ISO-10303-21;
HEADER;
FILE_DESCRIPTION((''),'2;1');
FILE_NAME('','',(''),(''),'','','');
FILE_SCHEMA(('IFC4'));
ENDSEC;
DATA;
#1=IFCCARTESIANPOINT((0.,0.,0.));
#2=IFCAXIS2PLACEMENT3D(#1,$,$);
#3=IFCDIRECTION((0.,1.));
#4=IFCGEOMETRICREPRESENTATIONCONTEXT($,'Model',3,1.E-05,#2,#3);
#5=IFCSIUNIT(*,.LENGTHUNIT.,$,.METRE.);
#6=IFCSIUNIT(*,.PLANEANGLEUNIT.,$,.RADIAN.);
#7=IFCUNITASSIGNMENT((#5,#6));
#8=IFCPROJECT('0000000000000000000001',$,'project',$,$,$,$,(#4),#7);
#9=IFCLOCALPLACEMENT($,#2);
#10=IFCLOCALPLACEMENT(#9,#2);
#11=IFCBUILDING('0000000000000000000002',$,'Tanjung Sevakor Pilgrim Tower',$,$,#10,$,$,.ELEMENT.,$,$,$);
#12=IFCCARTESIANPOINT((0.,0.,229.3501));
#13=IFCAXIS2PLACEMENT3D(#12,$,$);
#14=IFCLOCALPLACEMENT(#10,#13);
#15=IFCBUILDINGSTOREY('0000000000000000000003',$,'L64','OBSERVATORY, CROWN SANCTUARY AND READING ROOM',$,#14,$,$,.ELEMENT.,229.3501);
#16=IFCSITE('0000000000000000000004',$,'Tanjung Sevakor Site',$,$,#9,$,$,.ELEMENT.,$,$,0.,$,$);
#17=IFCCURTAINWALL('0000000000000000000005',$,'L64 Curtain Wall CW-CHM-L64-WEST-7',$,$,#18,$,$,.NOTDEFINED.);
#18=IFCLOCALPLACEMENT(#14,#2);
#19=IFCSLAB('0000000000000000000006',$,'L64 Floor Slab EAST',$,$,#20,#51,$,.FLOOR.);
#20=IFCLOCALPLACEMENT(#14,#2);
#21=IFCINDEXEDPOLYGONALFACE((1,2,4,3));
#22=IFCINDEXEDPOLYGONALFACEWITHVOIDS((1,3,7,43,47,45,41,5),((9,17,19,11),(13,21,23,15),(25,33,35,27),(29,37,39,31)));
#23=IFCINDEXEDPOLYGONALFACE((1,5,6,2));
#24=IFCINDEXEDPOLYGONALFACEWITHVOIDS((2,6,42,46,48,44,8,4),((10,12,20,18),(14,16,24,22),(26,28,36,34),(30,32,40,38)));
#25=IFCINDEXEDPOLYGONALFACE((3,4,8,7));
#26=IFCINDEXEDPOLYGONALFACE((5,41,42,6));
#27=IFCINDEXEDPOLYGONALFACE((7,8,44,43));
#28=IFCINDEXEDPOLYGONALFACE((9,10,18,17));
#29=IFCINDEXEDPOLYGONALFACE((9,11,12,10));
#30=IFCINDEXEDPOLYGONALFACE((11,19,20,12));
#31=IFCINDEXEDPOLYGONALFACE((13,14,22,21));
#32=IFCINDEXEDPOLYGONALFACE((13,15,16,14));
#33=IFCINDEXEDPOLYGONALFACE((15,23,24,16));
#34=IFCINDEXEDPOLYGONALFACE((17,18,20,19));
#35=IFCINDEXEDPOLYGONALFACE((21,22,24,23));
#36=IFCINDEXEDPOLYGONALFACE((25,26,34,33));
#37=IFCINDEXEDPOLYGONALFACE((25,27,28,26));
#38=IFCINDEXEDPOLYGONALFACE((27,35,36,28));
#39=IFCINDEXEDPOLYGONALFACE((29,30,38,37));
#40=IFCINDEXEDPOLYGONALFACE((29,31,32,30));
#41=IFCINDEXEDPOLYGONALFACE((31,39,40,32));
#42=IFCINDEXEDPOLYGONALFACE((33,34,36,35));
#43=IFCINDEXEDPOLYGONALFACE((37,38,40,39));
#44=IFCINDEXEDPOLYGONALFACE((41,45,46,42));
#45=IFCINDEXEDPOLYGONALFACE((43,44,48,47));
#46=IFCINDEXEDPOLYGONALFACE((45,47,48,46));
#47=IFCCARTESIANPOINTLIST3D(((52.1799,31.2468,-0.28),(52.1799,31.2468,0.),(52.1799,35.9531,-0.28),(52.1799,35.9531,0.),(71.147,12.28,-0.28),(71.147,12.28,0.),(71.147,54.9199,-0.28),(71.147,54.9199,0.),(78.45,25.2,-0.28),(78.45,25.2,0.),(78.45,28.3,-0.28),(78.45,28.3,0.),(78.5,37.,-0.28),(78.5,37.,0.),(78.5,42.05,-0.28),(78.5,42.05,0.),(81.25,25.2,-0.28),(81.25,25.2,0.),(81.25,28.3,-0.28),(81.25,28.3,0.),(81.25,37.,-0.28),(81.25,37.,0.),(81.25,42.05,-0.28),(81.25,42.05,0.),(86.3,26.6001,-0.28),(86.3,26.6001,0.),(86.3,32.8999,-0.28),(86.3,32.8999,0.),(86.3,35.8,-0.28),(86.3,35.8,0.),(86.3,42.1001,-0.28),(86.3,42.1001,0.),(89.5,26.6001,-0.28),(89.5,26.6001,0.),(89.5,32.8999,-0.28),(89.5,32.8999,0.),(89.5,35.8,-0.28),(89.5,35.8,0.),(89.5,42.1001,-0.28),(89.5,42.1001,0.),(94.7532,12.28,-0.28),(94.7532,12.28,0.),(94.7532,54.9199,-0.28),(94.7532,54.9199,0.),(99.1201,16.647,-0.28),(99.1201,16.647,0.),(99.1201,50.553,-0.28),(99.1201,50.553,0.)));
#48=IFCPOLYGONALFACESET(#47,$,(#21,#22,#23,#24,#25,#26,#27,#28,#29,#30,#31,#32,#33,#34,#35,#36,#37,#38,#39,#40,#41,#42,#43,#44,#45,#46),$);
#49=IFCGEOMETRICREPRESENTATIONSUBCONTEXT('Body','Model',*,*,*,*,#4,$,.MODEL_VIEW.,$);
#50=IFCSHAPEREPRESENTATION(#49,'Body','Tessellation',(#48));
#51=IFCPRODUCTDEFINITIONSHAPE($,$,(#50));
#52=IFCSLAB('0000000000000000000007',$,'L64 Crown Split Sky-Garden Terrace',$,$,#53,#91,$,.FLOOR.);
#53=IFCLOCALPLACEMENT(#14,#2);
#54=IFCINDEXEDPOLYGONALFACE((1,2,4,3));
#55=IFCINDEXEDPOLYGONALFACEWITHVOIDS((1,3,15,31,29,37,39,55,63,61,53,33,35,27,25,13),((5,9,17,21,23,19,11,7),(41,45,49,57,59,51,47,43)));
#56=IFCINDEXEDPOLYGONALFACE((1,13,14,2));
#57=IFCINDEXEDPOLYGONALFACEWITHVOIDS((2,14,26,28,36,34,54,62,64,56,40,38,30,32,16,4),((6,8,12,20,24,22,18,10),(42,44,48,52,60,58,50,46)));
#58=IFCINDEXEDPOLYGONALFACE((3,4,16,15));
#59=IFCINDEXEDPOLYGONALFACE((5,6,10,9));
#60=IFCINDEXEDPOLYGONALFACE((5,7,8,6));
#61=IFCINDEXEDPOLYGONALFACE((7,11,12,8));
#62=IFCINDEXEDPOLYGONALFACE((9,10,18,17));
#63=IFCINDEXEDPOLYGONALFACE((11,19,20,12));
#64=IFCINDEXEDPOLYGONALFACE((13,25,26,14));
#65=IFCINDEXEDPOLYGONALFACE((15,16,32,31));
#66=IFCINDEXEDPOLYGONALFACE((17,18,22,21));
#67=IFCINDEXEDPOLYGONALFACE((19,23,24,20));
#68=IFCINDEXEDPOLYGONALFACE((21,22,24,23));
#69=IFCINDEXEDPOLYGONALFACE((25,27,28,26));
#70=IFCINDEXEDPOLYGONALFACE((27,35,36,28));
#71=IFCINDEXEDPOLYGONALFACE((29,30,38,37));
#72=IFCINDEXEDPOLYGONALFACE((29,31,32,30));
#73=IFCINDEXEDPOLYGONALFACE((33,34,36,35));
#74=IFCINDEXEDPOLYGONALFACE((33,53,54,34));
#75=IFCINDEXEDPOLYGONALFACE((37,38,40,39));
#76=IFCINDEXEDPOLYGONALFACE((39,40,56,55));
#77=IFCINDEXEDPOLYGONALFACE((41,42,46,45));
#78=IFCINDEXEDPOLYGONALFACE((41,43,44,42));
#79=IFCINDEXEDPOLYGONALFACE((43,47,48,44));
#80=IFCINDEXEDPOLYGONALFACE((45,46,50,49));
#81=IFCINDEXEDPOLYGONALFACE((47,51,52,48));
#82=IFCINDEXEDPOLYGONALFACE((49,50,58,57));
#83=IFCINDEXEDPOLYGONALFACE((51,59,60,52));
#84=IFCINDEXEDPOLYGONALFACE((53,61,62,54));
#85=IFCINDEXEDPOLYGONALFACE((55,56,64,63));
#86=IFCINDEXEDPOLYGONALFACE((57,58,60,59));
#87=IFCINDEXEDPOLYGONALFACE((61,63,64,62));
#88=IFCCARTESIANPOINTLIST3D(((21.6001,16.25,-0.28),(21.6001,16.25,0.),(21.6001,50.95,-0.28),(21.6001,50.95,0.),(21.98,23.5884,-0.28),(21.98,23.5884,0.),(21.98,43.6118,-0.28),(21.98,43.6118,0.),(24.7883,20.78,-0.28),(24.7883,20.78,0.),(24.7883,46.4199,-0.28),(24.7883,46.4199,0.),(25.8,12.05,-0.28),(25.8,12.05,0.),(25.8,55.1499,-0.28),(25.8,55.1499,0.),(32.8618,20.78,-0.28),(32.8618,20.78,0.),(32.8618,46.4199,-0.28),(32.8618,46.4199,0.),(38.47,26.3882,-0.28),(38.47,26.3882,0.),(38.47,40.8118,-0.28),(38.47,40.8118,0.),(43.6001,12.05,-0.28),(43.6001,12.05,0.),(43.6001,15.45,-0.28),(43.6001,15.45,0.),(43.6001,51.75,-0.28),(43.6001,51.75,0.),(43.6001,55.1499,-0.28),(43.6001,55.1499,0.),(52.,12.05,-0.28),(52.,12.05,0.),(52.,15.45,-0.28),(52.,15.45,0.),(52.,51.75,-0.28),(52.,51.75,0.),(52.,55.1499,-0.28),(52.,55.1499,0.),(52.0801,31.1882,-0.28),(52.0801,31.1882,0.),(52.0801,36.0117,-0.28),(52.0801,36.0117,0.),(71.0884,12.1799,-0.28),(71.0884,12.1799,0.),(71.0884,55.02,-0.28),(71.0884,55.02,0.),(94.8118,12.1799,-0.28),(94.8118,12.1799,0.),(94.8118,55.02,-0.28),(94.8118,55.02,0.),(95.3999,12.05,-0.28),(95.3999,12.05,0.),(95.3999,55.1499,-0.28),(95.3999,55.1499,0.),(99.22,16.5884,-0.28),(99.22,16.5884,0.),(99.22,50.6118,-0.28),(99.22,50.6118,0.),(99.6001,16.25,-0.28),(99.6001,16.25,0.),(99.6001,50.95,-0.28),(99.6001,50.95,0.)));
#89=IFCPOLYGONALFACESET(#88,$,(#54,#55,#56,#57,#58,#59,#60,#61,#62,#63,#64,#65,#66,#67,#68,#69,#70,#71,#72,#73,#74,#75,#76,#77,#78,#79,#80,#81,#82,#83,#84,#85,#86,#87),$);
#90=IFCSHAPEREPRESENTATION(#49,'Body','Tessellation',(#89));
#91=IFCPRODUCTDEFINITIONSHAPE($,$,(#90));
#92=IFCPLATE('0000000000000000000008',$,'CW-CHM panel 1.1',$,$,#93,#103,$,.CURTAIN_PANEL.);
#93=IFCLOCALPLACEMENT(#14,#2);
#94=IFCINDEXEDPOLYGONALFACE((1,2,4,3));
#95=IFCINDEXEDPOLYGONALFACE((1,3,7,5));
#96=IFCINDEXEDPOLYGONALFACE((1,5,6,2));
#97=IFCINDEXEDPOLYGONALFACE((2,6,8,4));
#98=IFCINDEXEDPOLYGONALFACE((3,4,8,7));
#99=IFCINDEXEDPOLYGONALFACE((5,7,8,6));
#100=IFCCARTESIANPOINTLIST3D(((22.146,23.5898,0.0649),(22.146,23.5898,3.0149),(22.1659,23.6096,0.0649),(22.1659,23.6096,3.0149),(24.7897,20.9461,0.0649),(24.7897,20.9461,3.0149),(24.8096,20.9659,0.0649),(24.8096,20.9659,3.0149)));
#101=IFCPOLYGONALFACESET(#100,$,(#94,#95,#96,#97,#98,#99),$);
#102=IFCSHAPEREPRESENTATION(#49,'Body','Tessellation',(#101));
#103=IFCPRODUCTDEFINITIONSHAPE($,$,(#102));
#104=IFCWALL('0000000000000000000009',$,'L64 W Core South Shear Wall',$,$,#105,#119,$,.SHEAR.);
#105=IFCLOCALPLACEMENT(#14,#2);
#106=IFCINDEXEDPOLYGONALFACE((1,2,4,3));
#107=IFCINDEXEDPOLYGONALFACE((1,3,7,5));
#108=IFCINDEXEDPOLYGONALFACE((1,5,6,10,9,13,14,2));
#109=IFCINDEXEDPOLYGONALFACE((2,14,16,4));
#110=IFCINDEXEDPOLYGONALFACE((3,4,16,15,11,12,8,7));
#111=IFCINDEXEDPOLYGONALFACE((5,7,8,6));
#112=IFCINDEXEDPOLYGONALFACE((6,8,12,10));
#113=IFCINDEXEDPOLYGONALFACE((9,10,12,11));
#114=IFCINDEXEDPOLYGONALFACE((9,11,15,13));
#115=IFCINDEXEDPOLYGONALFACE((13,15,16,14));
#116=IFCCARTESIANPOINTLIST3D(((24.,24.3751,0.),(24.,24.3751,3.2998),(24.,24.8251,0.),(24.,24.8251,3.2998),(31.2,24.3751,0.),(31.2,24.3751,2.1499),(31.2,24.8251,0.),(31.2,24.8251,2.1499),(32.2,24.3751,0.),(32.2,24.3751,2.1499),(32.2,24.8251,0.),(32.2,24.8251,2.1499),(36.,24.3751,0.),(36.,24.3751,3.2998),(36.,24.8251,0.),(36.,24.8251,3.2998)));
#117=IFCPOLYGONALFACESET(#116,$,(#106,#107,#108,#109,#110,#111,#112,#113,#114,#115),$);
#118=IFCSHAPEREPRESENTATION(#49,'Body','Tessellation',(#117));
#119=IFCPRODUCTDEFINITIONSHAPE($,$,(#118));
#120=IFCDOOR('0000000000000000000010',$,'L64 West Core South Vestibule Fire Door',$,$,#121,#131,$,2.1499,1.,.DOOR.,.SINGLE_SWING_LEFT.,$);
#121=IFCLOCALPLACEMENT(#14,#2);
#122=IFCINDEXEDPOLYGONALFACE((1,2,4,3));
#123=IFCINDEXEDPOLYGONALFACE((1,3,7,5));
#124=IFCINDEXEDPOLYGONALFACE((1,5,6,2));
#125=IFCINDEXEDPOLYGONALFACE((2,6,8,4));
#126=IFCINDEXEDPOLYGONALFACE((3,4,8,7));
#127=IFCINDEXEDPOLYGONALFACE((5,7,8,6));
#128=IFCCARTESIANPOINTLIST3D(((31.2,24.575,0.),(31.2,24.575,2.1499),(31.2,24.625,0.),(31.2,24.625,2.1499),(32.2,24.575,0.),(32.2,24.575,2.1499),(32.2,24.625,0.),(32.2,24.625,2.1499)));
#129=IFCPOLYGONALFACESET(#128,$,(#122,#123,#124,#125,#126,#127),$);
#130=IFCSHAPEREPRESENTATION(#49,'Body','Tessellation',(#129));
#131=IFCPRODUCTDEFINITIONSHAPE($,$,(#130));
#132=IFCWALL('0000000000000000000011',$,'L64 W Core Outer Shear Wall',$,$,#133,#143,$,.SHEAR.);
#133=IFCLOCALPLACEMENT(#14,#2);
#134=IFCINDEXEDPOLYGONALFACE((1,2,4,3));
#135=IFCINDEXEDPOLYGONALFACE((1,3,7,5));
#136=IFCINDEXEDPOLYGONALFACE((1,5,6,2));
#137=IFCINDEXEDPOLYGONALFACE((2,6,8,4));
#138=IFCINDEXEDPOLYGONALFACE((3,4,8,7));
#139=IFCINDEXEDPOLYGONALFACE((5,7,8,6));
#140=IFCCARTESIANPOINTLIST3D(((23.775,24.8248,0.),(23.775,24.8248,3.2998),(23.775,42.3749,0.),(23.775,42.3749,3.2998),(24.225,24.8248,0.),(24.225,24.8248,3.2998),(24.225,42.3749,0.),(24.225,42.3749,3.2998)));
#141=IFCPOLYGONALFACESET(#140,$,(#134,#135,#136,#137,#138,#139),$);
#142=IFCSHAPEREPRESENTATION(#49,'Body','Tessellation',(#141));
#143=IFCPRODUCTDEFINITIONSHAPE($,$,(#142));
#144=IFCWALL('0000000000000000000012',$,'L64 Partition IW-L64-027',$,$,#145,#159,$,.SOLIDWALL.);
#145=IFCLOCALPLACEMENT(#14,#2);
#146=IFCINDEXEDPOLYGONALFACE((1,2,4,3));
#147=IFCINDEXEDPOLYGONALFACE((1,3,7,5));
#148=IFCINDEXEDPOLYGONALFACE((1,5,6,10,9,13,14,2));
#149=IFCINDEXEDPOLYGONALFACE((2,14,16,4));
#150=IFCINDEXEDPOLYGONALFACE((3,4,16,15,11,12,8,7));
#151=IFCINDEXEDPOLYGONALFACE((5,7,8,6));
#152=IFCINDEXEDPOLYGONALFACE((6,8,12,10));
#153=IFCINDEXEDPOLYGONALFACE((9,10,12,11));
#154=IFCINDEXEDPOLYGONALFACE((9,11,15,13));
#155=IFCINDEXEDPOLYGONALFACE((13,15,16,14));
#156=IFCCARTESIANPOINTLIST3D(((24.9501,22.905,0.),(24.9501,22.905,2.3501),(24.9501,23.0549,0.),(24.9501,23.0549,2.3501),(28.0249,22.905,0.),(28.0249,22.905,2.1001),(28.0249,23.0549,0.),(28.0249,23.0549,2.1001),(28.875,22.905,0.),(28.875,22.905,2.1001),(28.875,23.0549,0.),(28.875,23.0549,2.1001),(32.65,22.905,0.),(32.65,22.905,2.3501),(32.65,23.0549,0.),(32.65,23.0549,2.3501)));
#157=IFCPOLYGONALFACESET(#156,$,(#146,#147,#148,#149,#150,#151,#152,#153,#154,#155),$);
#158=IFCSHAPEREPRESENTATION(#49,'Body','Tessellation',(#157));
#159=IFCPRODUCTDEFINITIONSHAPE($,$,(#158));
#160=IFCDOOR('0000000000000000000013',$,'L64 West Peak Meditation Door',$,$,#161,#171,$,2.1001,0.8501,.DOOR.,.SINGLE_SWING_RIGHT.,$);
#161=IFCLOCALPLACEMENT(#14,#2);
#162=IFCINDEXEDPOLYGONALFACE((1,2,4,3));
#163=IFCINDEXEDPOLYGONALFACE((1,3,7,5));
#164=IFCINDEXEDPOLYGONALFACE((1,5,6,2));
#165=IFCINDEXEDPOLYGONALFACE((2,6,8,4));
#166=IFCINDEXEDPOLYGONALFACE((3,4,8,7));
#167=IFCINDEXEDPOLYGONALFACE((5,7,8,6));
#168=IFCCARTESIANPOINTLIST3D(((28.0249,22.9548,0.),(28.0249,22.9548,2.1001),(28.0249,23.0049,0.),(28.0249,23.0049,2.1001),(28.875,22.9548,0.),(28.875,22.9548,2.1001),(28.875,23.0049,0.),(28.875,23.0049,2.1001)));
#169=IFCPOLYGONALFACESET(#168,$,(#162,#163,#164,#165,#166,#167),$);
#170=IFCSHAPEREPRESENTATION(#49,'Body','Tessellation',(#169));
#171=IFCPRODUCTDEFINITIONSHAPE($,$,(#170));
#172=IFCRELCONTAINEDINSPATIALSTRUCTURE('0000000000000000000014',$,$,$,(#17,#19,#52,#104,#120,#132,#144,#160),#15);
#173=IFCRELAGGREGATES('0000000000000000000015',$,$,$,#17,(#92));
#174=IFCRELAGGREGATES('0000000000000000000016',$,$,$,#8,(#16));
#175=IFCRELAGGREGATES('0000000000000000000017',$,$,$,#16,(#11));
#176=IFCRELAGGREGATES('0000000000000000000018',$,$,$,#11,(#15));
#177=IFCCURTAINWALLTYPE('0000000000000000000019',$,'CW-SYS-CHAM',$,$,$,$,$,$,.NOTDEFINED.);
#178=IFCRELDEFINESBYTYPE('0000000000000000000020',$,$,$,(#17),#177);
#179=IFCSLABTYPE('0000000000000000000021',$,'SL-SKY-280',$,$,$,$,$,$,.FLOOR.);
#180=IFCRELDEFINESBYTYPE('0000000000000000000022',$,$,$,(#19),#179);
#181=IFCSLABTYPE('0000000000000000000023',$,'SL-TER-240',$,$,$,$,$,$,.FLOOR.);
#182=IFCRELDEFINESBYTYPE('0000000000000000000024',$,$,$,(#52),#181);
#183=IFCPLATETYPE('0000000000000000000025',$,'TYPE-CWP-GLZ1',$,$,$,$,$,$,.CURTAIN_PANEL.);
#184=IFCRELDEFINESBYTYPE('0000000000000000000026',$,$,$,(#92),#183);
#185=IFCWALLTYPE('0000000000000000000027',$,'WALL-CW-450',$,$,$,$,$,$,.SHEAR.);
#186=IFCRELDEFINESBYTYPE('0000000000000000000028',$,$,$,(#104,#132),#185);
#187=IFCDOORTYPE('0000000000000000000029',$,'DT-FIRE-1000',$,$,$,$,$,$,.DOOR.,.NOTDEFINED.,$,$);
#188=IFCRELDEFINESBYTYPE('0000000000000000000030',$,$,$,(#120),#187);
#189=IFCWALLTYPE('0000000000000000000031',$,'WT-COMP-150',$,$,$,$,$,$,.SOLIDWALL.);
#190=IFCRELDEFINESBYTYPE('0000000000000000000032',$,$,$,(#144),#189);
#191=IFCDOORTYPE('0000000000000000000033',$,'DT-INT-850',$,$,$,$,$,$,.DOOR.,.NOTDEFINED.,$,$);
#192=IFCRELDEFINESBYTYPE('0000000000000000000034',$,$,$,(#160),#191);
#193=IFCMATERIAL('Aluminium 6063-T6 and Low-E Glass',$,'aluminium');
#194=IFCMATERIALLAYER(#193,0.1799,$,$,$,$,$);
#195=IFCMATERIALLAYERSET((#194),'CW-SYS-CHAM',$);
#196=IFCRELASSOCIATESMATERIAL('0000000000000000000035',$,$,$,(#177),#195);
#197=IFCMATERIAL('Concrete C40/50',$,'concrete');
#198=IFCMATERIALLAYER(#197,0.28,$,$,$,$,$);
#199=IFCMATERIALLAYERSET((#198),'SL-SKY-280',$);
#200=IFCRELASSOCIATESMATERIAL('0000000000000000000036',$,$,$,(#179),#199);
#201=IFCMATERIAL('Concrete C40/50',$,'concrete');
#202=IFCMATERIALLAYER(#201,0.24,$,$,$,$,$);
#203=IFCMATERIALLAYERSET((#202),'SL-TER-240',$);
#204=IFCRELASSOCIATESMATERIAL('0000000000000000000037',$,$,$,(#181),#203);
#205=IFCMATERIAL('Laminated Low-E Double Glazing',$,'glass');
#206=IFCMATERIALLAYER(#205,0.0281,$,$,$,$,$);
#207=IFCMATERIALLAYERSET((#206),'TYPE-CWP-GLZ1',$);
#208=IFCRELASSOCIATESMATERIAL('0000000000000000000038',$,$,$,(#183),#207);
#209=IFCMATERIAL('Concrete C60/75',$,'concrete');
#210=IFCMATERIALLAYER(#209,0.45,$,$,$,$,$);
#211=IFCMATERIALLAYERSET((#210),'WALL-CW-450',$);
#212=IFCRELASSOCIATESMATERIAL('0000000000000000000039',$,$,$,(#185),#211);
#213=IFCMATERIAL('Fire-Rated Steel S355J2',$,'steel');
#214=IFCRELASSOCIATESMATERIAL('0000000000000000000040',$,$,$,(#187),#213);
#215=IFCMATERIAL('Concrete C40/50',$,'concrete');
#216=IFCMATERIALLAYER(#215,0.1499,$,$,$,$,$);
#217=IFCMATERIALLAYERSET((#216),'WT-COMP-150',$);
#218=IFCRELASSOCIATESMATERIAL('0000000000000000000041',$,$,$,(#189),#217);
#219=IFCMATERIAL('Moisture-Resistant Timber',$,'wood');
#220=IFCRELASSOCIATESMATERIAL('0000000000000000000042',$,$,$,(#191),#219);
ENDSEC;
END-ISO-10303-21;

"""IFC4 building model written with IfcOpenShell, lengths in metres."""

from ifc_helpers import new_model, si_unit, direction, frame, frame_2d, origin, origin_2d, place, context, subcontext, project, spatial, polyline, rectangle, outline, extrude, material, layer, layer_set, type_object, element, fill, aggregate, save


model = new_model("IFC4")

# Units and contexts
model_context = context("Model", 3, precision=1e-05, world=origin(), true_north=direction((0.0, 1.0)))
body_context = subcontext(model_context, "Body", "Model", "MODEL_VIEW")
ifc_project = project(units=[si_unit("LENGTHUNIT", "METRE"), si_unit("PLANEANGLEUNIT", "RADIAN")], contexts=[model_context])

# Site, building, storey
site_placement = place(None, origin())
site = spatial("IfcSite", under=ifc_project, at=site_placement, Name="Tanjung Sevakor Site", CompositionType="ELEMENT", RefElevation=0.0)
building_placement = place(site_placement, origin())
building = spatial("IfcBuilding", under=site, at=building_placement, Name="Tanjung Sevakor Pilgrim Tower", CompositionType="ELEMENT")
storey_placement = place(building_placement, frame((0.0, 0.0, 229.3501)))
storey = spatial("IfcBuildingStorey", under=building, at=storey_placement, Name="L64", Description="OBSERVATORY, CROWN SANCTUARY AND READING ROOM", CompositionType="ELEMENT", Elevation=229.3501)

# Curtain wall
ifc_material_1 = material(Name="Aluminium 6063-T6 and Low-E Glass", Category="aluminium")
ifc_layer_1 = layer(ifc_material_1, 0.1799)
ifc_layer_set_1 = layer_set([ifc_layer_1], Name="CW-SYS-CHAM")
curtain_wall_type = type_object("IfcCurtainWallType", Name="CW-SYS-CHAM", PredefinedType="NOTDEFINED", material=ifc_layer_set_1)
curtain_wall_placement = place(storey_placement, origin())
curtain_wall = element("IfcCurtainWall", 1, at=curtain_wall_placement, inside=storey, type_object=curtain_wall_type, Name="L64 Curtain Wall CW-CHM-L64-WEST-7", PredefinedType="NOTDEFINED")

# Slabs
ifc_material_2 = material(Name="Concrete C40/50", Category="concrete")
ifc_layer_2 = layer(ifc_material_2, 0.28)
ifc_layer_set_2 = layer_set([ifc_layer_2], Name="SL-SKY-280")
slab_type_1 = type_object("IfcSlabType", Name="SL-SKY-280", PredefinedType="FLOOR", material=ifc_layer_set_2)
slab_1_placement = place(storey_placement, frame((0.0, 0.0, -0.28)))
element("IfcSlab", 2, at=slab_1_placement, inside=storey, type_object=slab_type_1, Name="L64 Floor Slab EAST", PredefinedType="FLOOR", context=body_context, shape_type="SweptSolid", body=[
    extrude(outline(polyline([(71.147, 12.28), (94.7532, 12.28), (99.1201, 16.647), (99.1201, 50.553), (94.7532, 54.9199), (71.147, 54.9199), (52.1799, 35.9531), (52.1799, 31.2468), (71.147, 12.28)]), holes=[polyline([(89.5, 26.6001), (89.5, 32.8999), (86.3, 32.8999), (86.3, 26.6001), (89.5, 26.6001)]), polyline([(89.5, 35.8), (89.5, 42.1001), (86.3, 42.1001), (86.3, 35.8), (89.5, 35.8)]), polyline([(78.45, 25.2), (81.25, 25.2), (81.25, 28.3), (78.45, 28.3), (78.45, 25.2)]), polyline([(78.5, 37.0), (81.25, 37.0), (81.25, 42.05), (78.5, 42.05), (78.5, 37.0)])]), origin(), (0.0, 0.0, 1.0), 0.28),
])
ifc_material_3 = material(Name="Concrete C40/50", Category="concrete")
ifc_layer_3 = layer(ifc_material_3, 0.24)
ifc_layer_set_3 = layer_set([ifc_layer_3], Name="SL-TER-240")
slab_type_2 = type_object("IfcSlabType", Name="SL-TER-240", PredefinedType="FLOOR", material=ifc_layer_set_3)
slab_2_placement = place(storey_placement, frame((0.0, 0.0, -0.28)))
element("IfcSlab", 3, at=slab_2_placement, inside=storey, type_object=slab_type_2, Name="L64 Crown Split Sky-Garden Terrace", PredefinedType="FLOOR", context=body_context, shape_type="SweptSolid", body=[
    extrude(outline(polyline([(25.8, 12.05), (43.6001, 12.05), (43.6001, 15.45), (52.0, 15.45), (52.0, 12.05), (95.3999, 12.05), (99.6001, 16.25), (99.6001, 50.95), (95.3999, 55.1499), (52.0, 55.1499), (52.0, 51.75), (43.6001, 51.75), (43.6001, 55.1499), (25.8, 55.1499), (21.6001, 50.95), (21.6001, 16.25), (25.8, 12.05)]), holes=[polyline([(24.7883, 20.78), (32.8618, 20.78), (38.47, 26.3882), (38.47, 40.8118), (32.8618, 46.4199), (24.7883, 46.4199), (21.98, 43.6118), (21.98, 23.5884), (24.7883, 20.78)]), polyline([(71.0884, 12.1799), (94.8118, 12.1799), (99.22, 16.5884), (99.22, 50.6118), (94.8118, 55.02), (71.0884, 55.02), (52.0801, 36.0117), (52.0801, 31.1882), (71.0884, 12.1799)])]), origin(), (0.0, 0.0, 1.0), 0.28),
])

# Plate
ifc_material_4 = material(Name="Laminated Low-E Double Glazing", Category="glass")
ifc_layer_4 = layer(ifc_material_4, 0.0281)
ifc_layer_set_4 = layer_set([ifc_layer_4], Name="TYPE-CWP-GLZ1")
plate_type = type_object("IfcPlateType", Name="TYPE-CWP-GLZ1", PredefinedType="CURTAIN_PANEL", material=ifc_layer_set_4)
plate_placement = place(storey_placement, frame((23.4778, 22.2778, 0.0649), z_axis=(0.0, 0.0, 1.0), x_axis=(0.707107, -0.707107, 0.0)))
plate = element("IfcPlate", 4, at=plate_placement, type_object=plate_type, Name="CW-CHM panel 1.1", PredefinedType="CURTAIN_PANEL", context=body_context, shape_type="SweptSolid", body=[
    extrude(rectangle(XDim=3.7388, YDim=0.0281, at=origin_2d()), origin(), (0.0, 0.0, 1.0), 2.95),
])
aggregate(curtain_wall, [plate])

# Wall, opening, door
ifc_material_5 = material(Name="Concrete C60/75", Category="concrete")
ifc_layer_5 = layer(ifc_material_5, 0.45)
ifc_layer_set_5 = layer_set([ifc_layer_5], Name="WALL-CW-450")
wall_type_1 = type_object("IfcWallType", Name="WALL-CW-450", PredefinedType="SHEAR", material=ifc_layer_set_5)
wall_1_placement = place(storey_placement, frame((24.0, 24.6001, 0.0), z_axis=(0.0, 0.0, 1.0), x_axis=(1.0, 0.0, 0.0)))
wall_1 = element("IfcWall", 5, at=wall_1_placement, inside=storey, type_object=wall_type_1, Name="L64 W Core South Shear Wall", PredefinedType="SHEAR", context=body_context, shape_type="SweptSolid", body=[
    extrude(rectangle(XDim=12.0, YDim=0.45, at=frame_2d((6.0, 0.0))), origin(), (0.0, 0.0, 1.0), 3.2998),
])
opening_1_placement = place(wall_1_placement, frame((7.2, 0.0, 0.0)))
opening_1 = element("IfcOpeningElement", 6, at=opening_1_placement, cuts=wall_1, PredefinedType="OPENING", context=body_context, shape_type="SweptSolid", body=[
    extrude(rectangle(XDim=1.0, YDim=2.1499, at=frame_2d((0.5, 1.075))), frame((0.0, 0.2349, 0.0), z_axis=(0.0, -1.0, 0.0), x_axis=(1.0, 0.0, 0.0)), (0.0, 0.0, 1.0), 0.47),
])
ifc_material_6 = material(Name="Fire-Rated Steel S355J2", Category="steel")
door_type_1 = type_object("IfcDoorType", Name="DT-FIRE-1000", OperationType="NOTDEFINED", PredefinedType="DOOR", material=ifc_material_6)
door_1_placement = place(opening_1_placement, origin())
door_1 = element("IfcDoor", 7, at=door_1_placement, inside=storey, type_object=door_type_1, Name="L64 West Core South Vestibule Fire Door", OperationType="SINGLE_SWING_LEFT", OverallHeight=2.1499, OverallWidth=1.0, PredefinedType="DOOR", context=body_context, shape_type="SweptSolid", body=[
    extrude(rectangle(XDim=1.0, YDim=2.1499, at=frame_2d((0.5, 1.075))), frame((0.0, 0.0249, 0.0), z_axis=(0.0, -1.0, 0.0), x_axis=(1.0, 0.0, 0.0)), (0.0, 0.0, 1.0), 0.05),
])
fill(opening_1, door_1)

# Wall
wall_2_placement = place(storey_placement, frame((24.0, 24.825, 0.0), z_axis=(0.0, 0.0, 1.0), x_axis=(0.0, 1.0, 0.0)))
element("IfcWall", 8, at=wall_2_placement, inside=storey, type_object=wall_type_1, Name="L64 W Core Outer Shear Wall", PredefinedType="SHEAR", context=body_context, shape_type="SweptSolid", body=[
    extrude(rectangle(XDim=17.55, YDim=0.45, at=frame_2d((8.7749, 0.0))), origin(), (0.0, 0.0, 1.0), 3.2998),
])

# Wall, opening, door
ifc_material_7 = material(Name="Concrete C40/50", Category="concrete")
ifc_layer_6 = layer(ifc_material_7, 0.1499)
ifc_layer_set_6 = layer_set([ifc_layer_6], Name="WT-COMP-150")
wall_type_2 = type_object("IfcWallType", Name="WT-COMP-150", PredefinedType="SOLIDWALL", material=ifc_layer_set_6)
wall_3_placement = place(storey_placement, frame((24.95, 22.98, 0.0), z_axis=(0.0, 0.0, 1.0), x_axis=(1.0, 0.0, 0.0)))
wall_3 = element("IfcWall", 9, at=wall_3_placement, inside=storey, type_object=wall_type_2, Name="L64 Partition IW-L64-027", PredefinedType="SOLIDWALL", context=body_context, shape_type="SweptSolid", body=[
    extrude(rectangle(XDim=7.7, YDim=0.1499, at=frame_2d((3.8501, 0.0))), origin(), (0.0, 0.0, 1.0), 2.3501),
])
opening_2_placement = place(wall_3_placement, frame((3.075, 0.0, 0.0)))
opening_2 = element("IfcOpeningElement", 10, at=opening_2_placement, cuts=wall_3, PredefinedType="OPENING", context=body_context, shape_type="SweptSolid", body=[
    extrude(rectangle(XDim=0.8501, YDim=2.1001, at=frame_2d((0.425, 1.05))), frame((0.0, 0.085, 0.0), z_axis=(0.0, -1.0, 0.0), x_axis=(1.0, 0.0, 0.0)), (0.0, 0.0, 1.0), 0.1699),
])
ifc_material_8 = material(Name="Moisture-Resistant Timber", Category="wood")
door_type_2 = type_object("IfcDoorType", Name="DT-INT-850", OperationType="NOTDEFINED", PredefinedType="DOOR", material=ifc_material_8)
door_2_placement = place(opening_2_placement, origin())
door_2 = element("IfcDoor", 11, at=door_2_placement, inside=storey, type_object=door_type_2, Name="L64 West Peak Meditation Door", OperationType="SINGLE_SWING_RIGHT", OverallHeight=2.1001, OverallWidth=0.8501, PredefinedType="DOOR", context=body_context, shape_type="SweptSolid", body=[
    extrude(rectangle(XDim=0.8501, YDim=2.1001, at=frame_2d((0.425, 1.05))), frame((0.0, 0.0249, 0.0), z_axis=(0.0, -1.0, 0.0), x_axis=(1.0, 0.0, 0.0)), (0.0, 0.0, 1.0), 0.05),
])
fill(opening_2, door_2)

save(model, "model.ifc")
